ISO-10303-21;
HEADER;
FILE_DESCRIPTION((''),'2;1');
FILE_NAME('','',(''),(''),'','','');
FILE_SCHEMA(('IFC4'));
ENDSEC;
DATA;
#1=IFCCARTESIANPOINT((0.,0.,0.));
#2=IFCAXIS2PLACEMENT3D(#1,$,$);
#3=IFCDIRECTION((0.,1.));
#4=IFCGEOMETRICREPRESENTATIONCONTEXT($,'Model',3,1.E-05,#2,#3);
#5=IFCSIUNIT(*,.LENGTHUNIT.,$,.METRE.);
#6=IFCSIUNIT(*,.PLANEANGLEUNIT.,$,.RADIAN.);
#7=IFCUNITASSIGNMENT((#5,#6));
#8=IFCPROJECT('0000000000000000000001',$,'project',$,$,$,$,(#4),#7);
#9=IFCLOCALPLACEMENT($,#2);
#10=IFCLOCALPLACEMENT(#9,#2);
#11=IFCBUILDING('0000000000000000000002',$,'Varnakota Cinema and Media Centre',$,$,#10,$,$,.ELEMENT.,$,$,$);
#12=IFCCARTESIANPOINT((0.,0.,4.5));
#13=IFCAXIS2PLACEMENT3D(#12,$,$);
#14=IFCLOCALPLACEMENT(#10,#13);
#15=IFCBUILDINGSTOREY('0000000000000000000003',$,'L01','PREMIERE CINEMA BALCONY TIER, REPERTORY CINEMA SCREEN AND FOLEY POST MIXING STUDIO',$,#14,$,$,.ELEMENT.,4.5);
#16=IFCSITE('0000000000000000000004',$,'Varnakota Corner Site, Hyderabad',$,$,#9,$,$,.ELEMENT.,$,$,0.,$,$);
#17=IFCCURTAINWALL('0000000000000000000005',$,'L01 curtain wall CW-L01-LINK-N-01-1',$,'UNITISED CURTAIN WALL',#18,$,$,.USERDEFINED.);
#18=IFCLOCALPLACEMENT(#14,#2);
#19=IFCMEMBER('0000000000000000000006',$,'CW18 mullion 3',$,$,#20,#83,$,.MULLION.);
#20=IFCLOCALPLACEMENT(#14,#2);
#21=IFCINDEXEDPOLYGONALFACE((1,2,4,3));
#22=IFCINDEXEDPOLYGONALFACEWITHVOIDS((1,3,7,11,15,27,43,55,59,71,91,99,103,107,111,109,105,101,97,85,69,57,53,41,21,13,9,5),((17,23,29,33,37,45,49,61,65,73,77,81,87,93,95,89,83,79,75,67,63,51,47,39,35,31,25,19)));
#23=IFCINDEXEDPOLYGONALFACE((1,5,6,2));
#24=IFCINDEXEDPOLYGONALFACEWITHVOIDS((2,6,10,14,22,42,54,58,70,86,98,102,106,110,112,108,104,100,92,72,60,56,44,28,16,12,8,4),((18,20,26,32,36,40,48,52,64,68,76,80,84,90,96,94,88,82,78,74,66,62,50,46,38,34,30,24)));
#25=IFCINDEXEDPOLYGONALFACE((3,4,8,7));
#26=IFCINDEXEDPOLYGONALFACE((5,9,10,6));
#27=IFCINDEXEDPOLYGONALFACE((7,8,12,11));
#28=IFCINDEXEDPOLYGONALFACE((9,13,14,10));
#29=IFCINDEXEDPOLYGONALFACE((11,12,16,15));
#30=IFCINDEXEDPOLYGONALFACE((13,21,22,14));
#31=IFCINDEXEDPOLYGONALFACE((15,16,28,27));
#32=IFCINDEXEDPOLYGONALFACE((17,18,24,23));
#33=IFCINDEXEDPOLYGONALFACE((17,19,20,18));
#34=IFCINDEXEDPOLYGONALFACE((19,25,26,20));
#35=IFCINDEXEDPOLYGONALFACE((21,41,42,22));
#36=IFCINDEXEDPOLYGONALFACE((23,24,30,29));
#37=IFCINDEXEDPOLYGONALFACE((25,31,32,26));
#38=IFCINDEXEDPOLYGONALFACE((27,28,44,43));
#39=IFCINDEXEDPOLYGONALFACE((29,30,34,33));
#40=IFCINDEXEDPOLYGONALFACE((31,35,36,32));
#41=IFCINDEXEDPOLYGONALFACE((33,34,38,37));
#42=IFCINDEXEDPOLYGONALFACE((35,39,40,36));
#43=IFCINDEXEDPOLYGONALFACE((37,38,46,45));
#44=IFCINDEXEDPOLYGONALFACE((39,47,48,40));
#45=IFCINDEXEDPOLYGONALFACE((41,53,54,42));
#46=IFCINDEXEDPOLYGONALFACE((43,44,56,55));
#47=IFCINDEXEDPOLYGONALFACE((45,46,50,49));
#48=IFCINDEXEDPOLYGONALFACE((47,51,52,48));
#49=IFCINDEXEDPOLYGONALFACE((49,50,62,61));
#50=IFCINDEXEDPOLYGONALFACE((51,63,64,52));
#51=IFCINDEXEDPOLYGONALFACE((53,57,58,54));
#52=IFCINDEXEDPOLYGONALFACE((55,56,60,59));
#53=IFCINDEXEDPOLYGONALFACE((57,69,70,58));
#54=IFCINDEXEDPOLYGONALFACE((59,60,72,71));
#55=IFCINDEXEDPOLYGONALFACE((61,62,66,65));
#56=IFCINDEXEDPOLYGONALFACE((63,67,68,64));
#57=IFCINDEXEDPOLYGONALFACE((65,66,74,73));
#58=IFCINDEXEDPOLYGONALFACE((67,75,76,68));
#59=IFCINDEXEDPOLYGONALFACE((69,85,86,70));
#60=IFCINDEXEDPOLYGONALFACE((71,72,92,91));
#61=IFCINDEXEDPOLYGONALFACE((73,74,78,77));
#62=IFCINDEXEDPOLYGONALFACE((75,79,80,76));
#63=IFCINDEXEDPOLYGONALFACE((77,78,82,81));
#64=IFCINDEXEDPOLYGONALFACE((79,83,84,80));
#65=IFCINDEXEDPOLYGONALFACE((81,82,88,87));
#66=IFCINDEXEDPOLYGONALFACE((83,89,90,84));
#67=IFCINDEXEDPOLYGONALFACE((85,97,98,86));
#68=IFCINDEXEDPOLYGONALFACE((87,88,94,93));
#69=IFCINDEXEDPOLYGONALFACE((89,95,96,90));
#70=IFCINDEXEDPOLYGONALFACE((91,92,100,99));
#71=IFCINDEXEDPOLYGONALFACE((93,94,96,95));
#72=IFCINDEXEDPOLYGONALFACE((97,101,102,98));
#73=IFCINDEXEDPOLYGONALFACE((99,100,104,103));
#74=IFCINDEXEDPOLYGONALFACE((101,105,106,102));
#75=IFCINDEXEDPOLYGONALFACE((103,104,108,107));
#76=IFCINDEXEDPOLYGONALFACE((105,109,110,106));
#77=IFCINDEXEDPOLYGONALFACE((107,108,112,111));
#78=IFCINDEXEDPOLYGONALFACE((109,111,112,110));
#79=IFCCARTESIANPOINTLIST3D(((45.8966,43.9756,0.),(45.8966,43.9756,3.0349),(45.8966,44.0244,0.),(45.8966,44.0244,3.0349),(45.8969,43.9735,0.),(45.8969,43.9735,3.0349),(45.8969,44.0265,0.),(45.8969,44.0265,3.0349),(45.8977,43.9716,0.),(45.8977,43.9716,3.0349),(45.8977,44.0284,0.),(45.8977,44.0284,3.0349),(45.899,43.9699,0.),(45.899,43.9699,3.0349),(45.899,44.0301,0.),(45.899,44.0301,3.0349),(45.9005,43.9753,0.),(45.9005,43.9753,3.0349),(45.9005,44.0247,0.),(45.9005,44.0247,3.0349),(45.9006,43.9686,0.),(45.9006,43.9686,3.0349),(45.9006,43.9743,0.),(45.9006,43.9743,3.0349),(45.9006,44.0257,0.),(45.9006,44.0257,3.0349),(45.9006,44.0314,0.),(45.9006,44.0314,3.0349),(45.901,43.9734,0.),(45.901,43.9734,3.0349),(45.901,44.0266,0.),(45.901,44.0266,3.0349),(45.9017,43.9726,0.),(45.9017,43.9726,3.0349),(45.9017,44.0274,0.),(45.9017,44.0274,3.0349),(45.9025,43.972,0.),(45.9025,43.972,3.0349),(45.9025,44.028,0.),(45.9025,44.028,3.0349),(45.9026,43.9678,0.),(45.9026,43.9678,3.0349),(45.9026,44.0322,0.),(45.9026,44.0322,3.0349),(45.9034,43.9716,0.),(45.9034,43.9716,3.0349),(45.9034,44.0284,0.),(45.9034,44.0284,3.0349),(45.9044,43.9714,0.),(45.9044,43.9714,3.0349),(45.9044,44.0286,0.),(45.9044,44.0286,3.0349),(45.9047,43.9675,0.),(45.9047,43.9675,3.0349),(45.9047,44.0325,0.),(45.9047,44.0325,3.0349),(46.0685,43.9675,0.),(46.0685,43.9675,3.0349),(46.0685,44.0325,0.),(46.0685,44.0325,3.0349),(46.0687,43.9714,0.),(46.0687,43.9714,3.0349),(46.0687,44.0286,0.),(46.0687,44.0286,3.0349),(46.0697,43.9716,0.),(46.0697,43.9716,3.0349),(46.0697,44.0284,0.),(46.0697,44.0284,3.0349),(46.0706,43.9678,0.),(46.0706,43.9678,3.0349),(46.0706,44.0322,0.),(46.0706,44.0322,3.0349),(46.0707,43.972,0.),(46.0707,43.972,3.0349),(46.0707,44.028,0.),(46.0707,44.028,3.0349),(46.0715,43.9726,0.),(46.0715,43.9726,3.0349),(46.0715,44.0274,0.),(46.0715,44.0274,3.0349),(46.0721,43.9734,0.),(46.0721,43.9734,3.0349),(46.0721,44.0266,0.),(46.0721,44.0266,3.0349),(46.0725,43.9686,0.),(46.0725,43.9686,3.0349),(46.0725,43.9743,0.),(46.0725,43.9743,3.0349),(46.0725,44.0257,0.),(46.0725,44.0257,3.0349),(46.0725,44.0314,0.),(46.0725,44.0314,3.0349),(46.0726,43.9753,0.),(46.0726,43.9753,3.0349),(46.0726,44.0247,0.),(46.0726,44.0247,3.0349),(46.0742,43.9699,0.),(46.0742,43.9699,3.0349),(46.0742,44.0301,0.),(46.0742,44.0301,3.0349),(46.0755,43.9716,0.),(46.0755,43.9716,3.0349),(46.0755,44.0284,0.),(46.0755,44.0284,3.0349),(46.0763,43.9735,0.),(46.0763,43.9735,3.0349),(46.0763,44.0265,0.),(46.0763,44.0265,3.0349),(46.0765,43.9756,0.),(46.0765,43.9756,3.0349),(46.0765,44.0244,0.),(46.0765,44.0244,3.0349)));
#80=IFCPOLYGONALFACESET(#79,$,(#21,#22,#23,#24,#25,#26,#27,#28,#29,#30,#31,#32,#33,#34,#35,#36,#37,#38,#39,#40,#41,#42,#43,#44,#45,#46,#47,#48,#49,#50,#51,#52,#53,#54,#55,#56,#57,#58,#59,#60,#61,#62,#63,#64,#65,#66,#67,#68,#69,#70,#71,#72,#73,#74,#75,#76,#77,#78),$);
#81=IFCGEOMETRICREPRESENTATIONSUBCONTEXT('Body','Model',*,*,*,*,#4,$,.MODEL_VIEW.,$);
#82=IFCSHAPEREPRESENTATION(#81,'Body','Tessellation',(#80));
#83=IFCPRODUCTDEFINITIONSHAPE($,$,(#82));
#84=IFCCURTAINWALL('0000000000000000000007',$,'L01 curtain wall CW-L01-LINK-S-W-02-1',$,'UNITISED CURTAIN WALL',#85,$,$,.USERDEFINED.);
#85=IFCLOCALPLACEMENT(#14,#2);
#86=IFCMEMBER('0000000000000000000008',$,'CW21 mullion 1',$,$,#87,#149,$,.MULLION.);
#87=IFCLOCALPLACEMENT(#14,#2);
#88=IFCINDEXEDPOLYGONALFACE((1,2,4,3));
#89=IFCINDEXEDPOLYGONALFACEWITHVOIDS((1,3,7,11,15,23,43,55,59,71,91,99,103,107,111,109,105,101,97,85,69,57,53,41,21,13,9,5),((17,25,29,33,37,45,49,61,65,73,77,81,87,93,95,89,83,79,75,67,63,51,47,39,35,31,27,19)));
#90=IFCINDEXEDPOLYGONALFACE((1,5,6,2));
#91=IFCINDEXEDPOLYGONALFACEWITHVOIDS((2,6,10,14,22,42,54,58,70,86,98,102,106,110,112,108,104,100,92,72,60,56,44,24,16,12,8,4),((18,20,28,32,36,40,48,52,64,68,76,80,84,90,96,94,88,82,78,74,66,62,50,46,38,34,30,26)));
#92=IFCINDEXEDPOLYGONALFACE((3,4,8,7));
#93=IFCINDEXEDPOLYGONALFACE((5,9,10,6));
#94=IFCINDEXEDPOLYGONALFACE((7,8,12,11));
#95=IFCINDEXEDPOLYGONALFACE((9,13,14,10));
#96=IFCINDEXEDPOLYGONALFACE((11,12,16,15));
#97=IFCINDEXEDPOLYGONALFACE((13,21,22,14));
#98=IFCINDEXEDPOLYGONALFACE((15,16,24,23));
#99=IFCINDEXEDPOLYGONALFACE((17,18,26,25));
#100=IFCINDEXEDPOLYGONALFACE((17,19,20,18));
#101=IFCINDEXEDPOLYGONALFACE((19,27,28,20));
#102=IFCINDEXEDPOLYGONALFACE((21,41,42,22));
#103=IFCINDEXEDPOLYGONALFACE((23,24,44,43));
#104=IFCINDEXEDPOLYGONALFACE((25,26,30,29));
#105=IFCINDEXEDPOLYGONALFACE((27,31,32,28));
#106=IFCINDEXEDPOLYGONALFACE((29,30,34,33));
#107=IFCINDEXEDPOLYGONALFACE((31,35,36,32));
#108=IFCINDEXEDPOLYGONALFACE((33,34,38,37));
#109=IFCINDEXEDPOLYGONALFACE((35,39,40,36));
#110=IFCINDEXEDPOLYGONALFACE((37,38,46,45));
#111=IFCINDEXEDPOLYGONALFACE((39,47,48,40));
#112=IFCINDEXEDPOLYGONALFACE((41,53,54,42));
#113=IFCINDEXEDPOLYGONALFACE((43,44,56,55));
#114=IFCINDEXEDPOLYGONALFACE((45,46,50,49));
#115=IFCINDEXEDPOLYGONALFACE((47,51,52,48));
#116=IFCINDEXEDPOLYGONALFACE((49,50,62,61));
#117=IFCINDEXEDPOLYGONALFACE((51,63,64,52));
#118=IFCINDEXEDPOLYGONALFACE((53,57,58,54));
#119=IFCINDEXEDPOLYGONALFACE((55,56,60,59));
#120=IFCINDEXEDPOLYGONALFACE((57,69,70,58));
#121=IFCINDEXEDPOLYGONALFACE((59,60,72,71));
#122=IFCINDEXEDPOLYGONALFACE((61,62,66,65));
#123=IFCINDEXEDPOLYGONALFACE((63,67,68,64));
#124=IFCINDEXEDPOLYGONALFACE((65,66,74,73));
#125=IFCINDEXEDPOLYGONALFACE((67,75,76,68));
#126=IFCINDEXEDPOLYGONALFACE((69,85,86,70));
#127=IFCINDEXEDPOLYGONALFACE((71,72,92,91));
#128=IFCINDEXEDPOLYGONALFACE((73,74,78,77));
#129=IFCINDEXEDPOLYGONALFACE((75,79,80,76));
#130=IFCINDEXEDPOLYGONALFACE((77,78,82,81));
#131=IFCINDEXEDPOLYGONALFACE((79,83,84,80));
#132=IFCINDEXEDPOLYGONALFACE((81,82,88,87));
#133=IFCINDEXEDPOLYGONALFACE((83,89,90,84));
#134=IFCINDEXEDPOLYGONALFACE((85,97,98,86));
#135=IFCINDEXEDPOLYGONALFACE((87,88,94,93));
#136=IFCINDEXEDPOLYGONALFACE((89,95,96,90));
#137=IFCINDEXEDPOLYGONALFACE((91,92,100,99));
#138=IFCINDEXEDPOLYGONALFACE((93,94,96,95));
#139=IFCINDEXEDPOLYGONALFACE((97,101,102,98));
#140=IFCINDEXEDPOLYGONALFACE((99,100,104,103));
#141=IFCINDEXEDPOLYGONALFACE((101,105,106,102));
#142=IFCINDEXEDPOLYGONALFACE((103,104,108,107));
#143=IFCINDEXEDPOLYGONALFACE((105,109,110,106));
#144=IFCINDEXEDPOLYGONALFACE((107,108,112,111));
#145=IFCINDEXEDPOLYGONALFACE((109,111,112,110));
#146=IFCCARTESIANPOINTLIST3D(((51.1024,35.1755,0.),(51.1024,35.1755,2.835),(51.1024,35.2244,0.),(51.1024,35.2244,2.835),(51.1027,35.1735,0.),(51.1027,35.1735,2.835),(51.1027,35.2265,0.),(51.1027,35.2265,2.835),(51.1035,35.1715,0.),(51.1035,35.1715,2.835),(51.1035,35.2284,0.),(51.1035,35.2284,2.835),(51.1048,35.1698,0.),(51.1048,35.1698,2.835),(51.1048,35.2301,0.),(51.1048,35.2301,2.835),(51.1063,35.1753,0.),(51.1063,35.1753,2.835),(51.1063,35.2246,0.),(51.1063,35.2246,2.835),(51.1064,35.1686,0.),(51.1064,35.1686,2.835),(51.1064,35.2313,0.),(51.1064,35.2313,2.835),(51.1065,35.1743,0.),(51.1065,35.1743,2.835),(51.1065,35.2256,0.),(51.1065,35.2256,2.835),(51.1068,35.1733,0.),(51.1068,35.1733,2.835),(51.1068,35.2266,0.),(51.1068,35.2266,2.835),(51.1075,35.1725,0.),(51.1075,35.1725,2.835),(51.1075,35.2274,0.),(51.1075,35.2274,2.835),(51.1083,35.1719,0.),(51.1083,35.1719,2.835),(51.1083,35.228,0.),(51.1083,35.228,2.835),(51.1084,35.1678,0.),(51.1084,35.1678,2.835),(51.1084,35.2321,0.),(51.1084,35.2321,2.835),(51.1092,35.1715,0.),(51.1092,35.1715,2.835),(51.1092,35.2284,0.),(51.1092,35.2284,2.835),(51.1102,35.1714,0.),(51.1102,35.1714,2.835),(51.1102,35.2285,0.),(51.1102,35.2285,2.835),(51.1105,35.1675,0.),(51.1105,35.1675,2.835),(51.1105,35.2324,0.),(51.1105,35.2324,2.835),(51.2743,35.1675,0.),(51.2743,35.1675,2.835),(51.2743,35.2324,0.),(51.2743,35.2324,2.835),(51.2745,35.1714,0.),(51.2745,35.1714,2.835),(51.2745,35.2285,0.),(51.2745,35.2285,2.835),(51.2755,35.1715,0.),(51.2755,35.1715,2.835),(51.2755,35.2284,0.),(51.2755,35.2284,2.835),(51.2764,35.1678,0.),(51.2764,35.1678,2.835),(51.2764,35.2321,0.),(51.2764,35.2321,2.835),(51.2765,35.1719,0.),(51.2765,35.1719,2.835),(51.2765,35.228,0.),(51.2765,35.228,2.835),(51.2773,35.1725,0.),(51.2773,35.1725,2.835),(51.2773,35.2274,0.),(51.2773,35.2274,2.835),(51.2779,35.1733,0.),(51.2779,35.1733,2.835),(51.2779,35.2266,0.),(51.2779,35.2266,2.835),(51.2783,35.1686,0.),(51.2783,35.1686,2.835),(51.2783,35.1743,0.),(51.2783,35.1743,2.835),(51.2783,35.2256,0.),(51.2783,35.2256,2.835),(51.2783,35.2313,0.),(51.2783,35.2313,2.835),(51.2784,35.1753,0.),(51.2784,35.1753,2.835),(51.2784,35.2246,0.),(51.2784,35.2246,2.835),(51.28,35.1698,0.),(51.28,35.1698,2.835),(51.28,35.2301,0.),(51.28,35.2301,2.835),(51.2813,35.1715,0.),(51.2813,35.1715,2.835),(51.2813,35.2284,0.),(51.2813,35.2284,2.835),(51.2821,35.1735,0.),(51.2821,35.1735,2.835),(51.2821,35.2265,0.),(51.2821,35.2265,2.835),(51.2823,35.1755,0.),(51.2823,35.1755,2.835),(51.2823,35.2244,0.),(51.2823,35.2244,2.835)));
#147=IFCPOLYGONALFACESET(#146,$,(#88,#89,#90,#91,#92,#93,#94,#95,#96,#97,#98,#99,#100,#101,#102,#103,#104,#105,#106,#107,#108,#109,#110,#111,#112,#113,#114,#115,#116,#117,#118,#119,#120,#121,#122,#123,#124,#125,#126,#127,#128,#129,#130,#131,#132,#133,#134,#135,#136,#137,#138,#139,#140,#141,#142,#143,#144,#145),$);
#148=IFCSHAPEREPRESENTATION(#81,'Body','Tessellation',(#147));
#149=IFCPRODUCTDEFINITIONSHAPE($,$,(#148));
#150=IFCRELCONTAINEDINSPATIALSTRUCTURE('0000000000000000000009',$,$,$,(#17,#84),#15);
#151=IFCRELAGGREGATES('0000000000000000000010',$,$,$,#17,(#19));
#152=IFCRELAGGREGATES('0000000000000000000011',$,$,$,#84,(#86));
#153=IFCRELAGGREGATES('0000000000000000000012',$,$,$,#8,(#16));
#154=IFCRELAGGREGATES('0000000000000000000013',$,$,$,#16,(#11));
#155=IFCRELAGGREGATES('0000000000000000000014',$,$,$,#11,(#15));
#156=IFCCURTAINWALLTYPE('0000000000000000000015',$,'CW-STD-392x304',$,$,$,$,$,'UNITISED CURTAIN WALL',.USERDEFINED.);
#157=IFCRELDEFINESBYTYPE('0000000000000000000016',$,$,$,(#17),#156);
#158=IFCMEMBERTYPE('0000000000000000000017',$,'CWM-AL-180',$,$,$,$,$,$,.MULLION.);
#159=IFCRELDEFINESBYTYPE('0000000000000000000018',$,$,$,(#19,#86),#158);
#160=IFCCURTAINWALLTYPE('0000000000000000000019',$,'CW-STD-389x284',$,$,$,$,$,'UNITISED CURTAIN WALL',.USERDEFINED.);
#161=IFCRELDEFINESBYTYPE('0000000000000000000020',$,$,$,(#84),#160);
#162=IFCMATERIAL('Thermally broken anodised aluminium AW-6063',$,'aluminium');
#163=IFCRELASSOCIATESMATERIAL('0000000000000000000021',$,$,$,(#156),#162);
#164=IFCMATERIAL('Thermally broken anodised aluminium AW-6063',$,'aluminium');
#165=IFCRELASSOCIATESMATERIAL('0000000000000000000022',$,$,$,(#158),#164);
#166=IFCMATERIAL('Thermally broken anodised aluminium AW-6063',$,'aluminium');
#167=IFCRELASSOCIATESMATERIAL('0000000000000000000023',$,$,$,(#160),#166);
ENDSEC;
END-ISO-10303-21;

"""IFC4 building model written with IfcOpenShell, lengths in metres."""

from ifc_helpers import new_model, si_unit, direction, frame, origin, origin_2d, place, context, subcontext, project, spatial, hollow_rectangle, extrude, material, material_profile, profile_set, type_object, element, aggregate, save


model = new_model("IFC4")

# Units and contexts
model_context = context("Model", 3, precision=1e-05, world=origin(), true_north=direction((0.0, 1.0)))
body_context = subcontext(model_context, "Body", "Model", "MODEL_VIEW")
ifc_project = project(units=[si_unit("LENGTHUNIT", "METRE"), si_unit("PLANEANGLEUNIT", "RADIAN")], contexts=[model_context])

# Site, building, storey
site_placement = place(None, origin())
site = spatial("IfcSite", under=ifc_project, at=site_placement, Name="Varnakota Corner Site, Hyderabad", CompositionType="ELEMENT", RefElevation=0.0)
building_placement = place(site_placement, origin())
building = spatial("IfcBuilding", under=site, at=building_placement, Name="Varnakota Cinema and Media Centre", CompositionType="ELEMENT")
storey_placement = place(building_placement, frame((0.0, 0.0, 4.5)))
storey = spatial("IfcBuildingStorey", under=building, at=storey_placement, Name="L01", Description="PREMIERE CINEMA BALCONY TIER, REPERTORY CINEMA SCREEN AND FOLEY POST MIXING STUDIO", CompositionType="ELEMENT", Elevation=4.5)

# Curtain walls, members
ifc_material_1 = material(Name="Thermally broken anodised aluminium AW-6063", Category="aluminium")
curtain_wall_type_1 = type_object("IfcCurtainWallType", Name="CW-STD-392x304", ElementType="UNITISED CURTAIN WALL", PredefinedType="USERDEFINED", material=ifc_material_1)
curtain_wall_1_placement = place(storey_placement, origin())
curtain_wall_1 = element("IfcCurtainWall", 1, at=curtain_wall_1_placement, inside=storey, type_object=curtain_wall_type_1, Name="L01 curtain wall CW-L01-LINK-N-01-1", ObjectType="UNITISED CURTAIN WALL", PredefinedType="USERDEFINED")
ifc_material_2 = material(Name="Thermally broken anodised aluminium AW-6063", Category="aluminium")
ifc_material_profile_1 = material_profile(ifc_material_2, hollow_rectangle(XDim=0.0649, YDim=0.1799, WallThickness=0.0039, InnerFilletRadius=0.0039, OuterFilletRadius=0.0081, at=origin_2d()), Name="AL-MULLION 180x65x4")
ifc_profile_set_1 = profile_set([ifc_material_profile_1], Name="Thermally broken anodised aluminium AW-6063")
member_type_1 = type_object("IfcMemberType", Name="CWM-AL-180", PredefinedType="MULLION", material=ifc_profile_set_1)
member_1_placement = place(storey_placement, frame((45.9866, 44.0, 0.0), z_axis=(0.0, 0.0, 1.0), x_axis=(0.0, 1.0, 0.0)))
member_1 = element("IfcMember", 2, at=member_1_placement, type_object=member_type_1, Name="CW18 mullion 3", PredefinedType="MULLION", context=body_context, shape_type="SweptSolid", body=[
    extrude(hollow_rectangle(XDim=0.0649, YDim=0.1799, WallThickness=0.0039, InnerFilletRadius=0.0039, OuterFilletRadius=0.0081, at=origin_2d()), origin(), (0.0, 0.0, 1.0), 3.0349),
])
ifc_material_3 = material(Name="Thermally broken anodised aluminium AW-6063", Category="aluminium")
curtain_wall_type_2 = type_object("IfcCurtainWallType", Name="CW-STD-389x284", ElementType="UNITISED CURTAIN WALL", PredefinedType="USERDEFINED", material=ifc_material_3)
curtain_wall_2_placement = place(storey_placement, origin())
curtain_wall_2 = element("IfcCurtainWall", 3, at=curtain_wall_2_placement, inside=storey, type_object=curtain_wall_type_2, Name="L01 curtain wall CW-L01-LINK-S-W-02-1", ObjectType="UNITISED CURTAIN WALL", PredefinedType="USERDEFINED")
member_2_placement = place(storey_placement, frame((51.1924, 35.2, 0.0), z_axis=(0.0, 0.0, 1.0), x_axis=(0.0, -1.0, 0.0)))
member_2 = element("IfcMember", 4, at=member_2_placement, type_object=member_type_1, Name="CW21 mullion 1", PredefinedType="MULLION", context=body_context, shape_type="SweptSolid", body=[
    extrude(hollow_rectangle(XDim=0.0649, YDim=0.1799, WallThickness=0.0039, InnerFilletRadius=0.0039, OuterFilletRadius=0.0081, at=origin_2d()), origin(), (0.0, 0.0, 1.0), 2.835),
])

aggregate(curtain_wall_1, [member_1])
aggregate(curtain_wall_2, [member_2])

save(model, "model.ifc")
